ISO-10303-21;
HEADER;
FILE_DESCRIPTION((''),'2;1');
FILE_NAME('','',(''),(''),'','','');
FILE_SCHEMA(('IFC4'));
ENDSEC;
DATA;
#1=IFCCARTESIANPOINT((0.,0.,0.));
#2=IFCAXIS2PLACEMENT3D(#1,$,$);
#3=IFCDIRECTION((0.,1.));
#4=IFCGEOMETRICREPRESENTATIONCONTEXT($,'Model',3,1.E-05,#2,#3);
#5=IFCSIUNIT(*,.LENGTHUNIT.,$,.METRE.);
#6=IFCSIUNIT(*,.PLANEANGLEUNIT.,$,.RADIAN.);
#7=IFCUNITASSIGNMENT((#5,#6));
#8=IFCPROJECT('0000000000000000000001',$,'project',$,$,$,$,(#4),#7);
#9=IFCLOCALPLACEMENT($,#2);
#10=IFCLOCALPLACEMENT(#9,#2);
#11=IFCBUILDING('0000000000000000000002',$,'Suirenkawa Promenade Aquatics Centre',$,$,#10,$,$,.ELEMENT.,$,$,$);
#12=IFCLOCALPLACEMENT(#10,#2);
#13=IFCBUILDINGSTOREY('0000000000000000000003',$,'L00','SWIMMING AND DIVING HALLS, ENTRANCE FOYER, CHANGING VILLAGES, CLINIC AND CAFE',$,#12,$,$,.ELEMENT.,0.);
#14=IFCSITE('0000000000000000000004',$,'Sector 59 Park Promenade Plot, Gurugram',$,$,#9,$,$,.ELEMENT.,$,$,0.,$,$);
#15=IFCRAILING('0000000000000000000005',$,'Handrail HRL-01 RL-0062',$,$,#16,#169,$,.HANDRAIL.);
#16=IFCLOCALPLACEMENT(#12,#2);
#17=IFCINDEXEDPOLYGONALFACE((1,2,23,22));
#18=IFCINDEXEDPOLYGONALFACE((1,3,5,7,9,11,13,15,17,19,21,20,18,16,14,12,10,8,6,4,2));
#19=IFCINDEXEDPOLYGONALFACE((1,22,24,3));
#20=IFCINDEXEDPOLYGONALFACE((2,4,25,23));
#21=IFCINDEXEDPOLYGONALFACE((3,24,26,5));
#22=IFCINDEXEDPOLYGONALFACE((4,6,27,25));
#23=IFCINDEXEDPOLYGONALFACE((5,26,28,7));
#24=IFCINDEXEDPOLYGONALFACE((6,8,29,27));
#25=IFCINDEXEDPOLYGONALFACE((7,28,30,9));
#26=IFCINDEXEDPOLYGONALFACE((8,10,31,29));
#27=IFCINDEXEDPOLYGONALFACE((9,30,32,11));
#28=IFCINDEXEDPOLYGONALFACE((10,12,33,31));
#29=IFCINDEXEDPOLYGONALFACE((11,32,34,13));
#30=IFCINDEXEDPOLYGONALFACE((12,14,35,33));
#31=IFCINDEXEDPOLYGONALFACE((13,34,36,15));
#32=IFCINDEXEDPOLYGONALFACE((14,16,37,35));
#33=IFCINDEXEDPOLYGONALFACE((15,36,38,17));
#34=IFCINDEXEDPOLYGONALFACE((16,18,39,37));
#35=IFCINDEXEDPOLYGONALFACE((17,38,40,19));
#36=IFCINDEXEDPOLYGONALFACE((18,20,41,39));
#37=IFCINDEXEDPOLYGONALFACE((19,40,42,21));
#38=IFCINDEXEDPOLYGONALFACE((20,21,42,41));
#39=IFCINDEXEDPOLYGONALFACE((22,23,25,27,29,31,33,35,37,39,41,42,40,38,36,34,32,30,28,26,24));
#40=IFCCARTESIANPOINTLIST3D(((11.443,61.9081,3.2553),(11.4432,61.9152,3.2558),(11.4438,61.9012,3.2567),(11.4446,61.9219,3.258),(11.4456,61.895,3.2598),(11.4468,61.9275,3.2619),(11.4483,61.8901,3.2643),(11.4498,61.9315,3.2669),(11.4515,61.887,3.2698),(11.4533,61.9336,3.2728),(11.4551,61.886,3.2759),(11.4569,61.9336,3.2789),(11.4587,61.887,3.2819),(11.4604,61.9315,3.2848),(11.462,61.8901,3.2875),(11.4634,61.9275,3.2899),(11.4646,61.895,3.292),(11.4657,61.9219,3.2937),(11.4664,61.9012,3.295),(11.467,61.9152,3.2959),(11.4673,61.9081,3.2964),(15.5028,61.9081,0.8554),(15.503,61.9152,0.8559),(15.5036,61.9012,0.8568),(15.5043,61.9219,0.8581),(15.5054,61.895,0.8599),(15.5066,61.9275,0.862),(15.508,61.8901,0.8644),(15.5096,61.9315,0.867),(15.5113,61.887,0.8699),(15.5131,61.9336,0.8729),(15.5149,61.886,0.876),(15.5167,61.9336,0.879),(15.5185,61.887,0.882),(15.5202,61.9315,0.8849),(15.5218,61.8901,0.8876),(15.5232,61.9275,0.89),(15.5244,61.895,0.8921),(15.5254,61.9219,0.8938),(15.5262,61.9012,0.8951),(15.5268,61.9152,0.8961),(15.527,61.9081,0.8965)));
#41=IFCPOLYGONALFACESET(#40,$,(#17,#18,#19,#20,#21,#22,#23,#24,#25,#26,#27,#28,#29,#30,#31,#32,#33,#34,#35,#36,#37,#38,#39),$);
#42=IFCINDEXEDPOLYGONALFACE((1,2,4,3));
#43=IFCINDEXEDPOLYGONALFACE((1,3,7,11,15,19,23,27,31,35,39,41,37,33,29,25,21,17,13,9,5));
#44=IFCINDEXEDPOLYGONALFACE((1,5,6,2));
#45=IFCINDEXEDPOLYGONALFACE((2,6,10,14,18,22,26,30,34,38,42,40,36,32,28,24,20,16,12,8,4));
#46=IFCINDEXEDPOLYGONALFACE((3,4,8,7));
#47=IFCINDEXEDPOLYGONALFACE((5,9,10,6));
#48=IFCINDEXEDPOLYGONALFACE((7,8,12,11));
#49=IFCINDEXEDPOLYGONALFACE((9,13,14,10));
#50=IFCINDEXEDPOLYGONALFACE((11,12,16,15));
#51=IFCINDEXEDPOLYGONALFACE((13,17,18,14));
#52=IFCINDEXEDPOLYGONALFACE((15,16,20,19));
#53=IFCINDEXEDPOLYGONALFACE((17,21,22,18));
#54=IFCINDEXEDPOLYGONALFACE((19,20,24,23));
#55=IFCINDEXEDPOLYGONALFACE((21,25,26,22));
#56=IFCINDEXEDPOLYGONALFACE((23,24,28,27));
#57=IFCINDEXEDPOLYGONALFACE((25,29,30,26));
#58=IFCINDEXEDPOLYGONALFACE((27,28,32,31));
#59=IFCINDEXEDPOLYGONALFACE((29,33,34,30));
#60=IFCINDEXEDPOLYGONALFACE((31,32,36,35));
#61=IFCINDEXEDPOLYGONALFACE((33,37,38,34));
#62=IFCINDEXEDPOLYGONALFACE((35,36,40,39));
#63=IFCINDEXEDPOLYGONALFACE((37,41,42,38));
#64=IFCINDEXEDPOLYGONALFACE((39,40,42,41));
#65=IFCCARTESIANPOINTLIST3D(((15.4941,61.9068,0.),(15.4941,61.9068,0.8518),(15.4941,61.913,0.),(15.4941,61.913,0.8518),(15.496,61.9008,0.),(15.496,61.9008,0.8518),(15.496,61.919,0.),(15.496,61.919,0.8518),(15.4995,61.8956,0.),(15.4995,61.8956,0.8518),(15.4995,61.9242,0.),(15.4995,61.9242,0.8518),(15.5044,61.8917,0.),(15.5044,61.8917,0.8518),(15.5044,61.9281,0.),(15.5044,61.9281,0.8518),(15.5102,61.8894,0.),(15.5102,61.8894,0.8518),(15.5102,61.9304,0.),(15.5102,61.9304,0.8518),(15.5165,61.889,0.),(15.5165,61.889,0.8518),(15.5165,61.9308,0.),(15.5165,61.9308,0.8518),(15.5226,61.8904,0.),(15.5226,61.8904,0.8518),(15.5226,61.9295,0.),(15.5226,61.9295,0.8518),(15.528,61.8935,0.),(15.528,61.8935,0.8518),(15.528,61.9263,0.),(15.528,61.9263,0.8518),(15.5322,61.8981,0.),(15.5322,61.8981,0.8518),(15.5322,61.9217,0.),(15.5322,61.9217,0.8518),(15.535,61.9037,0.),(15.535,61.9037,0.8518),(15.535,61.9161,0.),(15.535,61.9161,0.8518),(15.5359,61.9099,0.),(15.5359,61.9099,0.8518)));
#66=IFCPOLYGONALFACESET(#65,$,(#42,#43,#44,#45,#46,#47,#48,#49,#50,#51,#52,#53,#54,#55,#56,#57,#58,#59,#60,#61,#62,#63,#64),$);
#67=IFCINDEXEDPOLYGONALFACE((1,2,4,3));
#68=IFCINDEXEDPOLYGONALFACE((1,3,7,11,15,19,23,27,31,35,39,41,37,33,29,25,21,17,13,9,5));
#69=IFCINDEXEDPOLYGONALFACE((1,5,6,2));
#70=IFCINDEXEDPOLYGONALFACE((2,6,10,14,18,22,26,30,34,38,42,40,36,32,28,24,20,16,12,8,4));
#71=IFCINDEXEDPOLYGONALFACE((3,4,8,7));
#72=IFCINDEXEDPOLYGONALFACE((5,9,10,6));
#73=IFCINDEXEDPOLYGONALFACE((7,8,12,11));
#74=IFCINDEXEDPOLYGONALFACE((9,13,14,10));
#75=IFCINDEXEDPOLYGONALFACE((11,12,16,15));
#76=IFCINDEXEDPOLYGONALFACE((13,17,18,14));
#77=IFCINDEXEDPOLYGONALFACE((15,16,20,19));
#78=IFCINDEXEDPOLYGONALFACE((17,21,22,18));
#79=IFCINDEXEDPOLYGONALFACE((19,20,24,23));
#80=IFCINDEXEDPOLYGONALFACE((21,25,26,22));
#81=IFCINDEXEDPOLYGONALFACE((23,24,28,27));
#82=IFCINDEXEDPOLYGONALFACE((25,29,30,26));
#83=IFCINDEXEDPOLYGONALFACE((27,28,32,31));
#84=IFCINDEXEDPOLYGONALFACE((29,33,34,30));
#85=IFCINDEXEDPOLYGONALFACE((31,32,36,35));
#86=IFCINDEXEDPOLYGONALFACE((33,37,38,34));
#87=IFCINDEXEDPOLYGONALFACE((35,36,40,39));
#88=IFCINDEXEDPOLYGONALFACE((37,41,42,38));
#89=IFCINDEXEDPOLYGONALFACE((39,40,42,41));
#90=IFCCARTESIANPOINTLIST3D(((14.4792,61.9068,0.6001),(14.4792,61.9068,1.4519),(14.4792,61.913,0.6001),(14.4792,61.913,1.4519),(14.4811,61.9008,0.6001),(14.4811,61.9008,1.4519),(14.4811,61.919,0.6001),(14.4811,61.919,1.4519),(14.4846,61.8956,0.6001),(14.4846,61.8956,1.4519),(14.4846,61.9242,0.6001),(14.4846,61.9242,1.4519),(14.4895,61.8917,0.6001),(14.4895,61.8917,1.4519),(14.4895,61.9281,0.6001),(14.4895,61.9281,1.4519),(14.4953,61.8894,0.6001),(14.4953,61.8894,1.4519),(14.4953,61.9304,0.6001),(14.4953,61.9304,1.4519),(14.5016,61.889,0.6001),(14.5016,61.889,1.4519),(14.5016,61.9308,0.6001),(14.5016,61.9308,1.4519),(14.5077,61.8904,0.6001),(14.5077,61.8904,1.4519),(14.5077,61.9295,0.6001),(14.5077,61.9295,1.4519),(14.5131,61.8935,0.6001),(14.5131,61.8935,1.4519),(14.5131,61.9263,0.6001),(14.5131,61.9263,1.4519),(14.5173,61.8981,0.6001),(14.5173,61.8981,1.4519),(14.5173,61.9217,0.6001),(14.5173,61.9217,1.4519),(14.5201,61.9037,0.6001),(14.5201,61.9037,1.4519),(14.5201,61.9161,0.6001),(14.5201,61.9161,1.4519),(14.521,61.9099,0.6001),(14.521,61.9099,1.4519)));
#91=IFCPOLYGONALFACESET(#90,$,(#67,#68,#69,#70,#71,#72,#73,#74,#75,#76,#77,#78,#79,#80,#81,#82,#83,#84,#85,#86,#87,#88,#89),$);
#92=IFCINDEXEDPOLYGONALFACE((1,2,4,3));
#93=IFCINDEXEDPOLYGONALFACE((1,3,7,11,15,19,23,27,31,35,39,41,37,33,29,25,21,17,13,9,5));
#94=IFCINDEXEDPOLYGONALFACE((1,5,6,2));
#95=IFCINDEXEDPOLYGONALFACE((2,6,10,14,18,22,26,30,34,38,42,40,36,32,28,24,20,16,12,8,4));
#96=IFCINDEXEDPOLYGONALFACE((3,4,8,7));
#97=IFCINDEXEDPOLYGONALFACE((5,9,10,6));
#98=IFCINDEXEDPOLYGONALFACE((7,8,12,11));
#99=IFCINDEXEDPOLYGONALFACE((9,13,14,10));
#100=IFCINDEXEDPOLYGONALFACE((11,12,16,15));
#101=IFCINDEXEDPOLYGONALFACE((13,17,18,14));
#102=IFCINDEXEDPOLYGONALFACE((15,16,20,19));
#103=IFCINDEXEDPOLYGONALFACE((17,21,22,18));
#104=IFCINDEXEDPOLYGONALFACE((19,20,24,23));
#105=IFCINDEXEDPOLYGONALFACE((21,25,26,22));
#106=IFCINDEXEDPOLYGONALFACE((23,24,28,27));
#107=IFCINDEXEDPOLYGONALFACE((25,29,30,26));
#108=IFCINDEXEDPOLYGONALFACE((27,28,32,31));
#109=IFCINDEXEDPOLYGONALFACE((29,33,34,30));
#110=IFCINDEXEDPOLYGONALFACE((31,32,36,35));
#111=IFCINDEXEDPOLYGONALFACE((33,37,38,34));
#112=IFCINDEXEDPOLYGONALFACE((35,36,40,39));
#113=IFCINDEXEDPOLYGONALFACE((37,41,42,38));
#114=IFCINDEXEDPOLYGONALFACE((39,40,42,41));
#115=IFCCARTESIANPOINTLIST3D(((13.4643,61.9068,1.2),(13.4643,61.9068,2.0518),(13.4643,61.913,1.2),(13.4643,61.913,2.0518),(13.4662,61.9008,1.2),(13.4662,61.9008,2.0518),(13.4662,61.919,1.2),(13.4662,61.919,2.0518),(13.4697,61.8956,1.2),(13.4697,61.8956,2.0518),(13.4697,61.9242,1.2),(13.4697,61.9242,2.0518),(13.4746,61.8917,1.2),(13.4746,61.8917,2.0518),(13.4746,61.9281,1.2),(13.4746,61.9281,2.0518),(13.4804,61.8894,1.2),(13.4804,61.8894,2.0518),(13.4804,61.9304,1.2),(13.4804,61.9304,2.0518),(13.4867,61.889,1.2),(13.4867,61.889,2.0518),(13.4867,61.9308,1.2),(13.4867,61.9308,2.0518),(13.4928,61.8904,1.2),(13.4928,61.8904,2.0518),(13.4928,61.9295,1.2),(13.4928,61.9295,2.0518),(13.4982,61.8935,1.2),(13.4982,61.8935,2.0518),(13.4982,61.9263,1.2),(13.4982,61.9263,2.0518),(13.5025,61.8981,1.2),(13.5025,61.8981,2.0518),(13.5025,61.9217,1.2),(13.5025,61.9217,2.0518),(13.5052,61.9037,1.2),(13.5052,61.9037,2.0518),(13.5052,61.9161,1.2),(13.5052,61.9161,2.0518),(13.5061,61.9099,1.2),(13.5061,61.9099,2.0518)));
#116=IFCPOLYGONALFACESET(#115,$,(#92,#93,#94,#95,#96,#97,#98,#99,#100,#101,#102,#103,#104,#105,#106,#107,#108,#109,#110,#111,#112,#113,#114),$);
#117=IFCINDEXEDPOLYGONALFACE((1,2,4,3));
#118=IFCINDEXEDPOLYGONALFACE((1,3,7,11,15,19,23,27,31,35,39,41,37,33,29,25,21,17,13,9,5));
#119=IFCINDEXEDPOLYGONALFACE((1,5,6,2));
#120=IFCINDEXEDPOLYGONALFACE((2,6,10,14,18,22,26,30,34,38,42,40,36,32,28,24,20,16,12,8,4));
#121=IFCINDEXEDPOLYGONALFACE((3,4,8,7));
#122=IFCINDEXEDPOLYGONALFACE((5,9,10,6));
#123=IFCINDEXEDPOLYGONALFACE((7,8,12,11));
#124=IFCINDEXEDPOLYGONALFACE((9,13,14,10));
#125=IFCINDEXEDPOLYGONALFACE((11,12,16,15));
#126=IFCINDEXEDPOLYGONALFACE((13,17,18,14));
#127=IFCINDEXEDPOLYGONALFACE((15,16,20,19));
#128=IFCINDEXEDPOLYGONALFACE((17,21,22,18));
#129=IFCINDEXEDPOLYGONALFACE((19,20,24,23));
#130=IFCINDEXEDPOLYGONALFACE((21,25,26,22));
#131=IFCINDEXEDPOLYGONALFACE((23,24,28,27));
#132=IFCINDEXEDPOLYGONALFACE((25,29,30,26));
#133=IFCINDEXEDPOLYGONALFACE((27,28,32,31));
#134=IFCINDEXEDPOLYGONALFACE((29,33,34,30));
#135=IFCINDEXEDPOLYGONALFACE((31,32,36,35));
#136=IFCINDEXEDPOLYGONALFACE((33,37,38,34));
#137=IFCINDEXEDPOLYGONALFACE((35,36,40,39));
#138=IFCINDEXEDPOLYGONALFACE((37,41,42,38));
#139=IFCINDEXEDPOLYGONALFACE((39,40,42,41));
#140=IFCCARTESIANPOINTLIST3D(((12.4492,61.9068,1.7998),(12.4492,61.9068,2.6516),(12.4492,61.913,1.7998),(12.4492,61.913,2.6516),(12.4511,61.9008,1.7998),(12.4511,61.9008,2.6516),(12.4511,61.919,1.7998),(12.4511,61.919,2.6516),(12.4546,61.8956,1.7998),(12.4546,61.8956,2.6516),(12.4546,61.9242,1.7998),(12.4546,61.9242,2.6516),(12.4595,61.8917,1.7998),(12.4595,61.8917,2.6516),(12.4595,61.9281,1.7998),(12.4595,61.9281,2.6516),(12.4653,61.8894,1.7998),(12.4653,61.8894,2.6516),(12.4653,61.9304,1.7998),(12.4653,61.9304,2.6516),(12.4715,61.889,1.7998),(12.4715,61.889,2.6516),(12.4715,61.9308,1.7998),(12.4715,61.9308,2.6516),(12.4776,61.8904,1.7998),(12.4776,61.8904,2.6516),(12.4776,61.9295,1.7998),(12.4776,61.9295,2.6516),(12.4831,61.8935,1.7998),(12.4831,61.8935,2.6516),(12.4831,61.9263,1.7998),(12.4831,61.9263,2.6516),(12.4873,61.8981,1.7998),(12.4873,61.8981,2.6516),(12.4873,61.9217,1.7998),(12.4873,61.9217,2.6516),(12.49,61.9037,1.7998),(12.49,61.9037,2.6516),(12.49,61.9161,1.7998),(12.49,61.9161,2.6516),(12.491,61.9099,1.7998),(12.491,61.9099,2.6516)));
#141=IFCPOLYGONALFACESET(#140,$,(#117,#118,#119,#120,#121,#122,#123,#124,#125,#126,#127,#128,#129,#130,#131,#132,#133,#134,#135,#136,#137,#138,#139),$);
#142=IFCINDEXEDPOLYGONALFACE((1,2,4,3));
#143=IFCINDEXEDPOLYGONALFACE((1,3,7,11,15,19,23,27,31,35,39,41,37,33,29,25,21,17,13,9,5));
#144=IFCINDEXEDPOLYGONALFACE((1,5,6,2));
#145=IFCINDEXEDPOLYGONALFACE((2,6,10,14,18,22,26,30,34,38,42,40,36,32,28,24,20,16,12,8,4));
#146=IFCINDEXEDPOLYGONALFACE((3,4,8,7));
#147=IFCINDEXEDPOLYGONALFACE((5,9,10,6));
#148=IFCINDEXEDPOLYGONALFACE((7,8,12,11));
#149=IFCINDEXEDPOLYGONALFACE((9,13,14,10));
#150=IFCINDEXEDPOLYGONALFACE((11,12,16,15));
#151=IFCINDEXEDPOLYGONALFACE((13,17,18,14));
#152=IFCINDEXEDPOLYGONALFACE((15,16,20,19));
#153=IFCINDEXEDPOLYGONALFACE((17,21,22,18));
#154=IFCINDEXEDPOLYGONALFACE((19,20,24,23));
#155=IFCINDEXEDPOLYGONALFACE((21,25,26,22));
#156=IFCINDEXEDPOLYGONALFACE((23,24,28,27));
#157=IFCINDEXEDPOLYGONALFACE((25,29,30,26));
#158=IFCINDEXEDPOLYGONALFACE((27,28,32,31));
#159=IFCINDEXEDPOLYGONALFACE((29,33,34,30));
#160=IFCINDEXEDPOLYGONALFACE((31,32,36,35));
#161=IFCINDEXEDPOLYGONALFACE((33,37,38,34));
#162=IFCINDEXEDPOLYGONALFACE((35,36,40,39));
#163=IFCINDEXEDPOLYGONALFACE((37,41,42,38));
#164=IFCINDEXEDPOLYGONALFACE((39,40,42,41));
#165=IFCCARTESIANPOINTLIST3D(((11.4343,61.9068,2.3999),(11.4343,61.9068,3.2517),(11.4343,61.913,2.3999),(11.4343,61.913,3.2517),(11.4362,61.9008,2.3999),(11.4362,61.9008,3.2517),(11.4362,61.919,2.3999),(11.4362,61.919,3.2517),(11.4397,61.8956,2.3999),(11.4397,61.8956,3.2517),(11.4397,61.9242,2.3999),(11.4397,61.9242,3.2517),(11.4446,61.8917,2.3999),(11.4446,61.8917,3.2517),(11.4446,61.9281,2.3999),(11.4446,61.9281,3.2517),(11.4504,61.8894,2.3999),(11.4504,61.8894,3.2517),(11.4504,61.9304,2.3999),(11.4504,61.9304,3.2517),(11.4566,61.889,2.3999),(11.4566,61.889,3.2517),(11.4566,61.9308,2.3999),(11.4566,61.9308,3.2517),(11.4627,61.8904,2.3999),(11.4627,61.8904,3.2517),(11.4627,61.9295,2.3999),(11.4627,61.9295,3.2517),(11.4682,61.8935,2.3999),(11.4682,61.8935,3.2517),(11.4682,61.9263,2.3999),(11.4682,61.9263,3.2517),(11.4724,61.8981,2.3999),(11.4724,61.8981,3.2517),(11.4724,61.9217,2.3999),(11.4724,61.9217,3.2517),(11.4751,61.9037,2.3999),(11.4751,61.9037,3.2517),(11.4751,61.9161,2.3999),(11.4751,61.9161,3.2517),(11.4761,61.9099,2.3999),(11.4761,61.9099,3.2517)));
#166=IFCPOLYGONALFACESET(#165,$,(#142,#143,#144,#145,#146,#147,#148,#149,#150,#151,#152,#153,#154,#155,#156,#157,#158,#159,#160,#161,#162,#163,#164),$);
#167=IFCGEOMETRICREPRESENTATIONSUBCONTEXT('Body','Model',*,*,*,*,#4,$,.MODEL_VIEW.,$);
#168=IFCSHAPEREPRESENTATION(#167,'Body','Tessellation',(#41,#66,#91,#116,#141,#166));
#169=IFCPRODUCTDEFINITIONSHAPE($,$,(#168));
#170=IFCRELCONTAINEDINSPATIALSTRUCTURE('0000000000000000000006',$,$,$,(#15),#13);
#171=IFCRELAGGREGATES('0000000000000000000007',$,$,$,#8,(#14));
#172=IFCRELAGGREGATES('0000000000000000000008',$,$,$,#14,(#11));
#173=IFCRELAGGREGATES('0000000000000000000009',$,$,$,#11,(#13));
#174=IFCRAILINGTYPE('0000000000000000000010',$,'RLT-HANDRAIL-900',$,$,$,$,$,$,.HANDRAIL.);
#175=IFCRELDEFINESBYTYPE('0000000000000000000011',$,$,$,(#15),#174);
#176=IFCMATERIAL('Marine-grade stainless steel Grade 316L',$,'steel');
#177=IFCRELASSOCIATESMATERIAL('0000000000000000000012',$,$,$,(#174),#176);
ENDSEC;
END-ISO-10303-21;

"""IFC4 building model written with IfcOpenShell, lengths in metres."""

from ifc_helpers import new_model, si_unit, direction, frame, origin, origin_2d, place, context, subcontext, project, spatial, circle, extrude, material, type_object, element, save


model = new_model("IFC4")

# Units and contexts
model_context = context("Model", 3, precision=1e-05, world=origin(), true_north=direction((0.0, 1.0)))
body_context = subcontext(model_context, "Body", "Model", "MODEL_VIEW")
ifc_project = project(units=[si_unit("LENGTHUNIT", "METRE"), si_unit("PLANEANGLEUNIT", "RADIAN")], contexts=[model_context])

# Site, building, storey
site_placement = place(None, origin())
site = spatial("IfcSite", under=ifc_project, at=site_placement, Name="Sector 59 Park Promenade Plot, Gurugram", CompositionType="ELEMENT", RefElevation=0.0)
building_placement = place(site_placement, origin())
building = spatial("IfcBuilding", under=site, at=building_placement, Name="Suirenkawa Promenade Aquatics Centre", CompositionType="ELEMENT")
storey_placement = place(building_placement, origin())
storey = spatial("IfcBuildingStorey", under=building, at=storey_placement, Name="L00", Description="SWIMMING AND DIVING HALLS, ENTRANCE FOYER, CHANGING VILLAGES, CLINIC AND CAFE", CompositionType="ELEMENT", Elevation=0.0)

# Railing
ifc_material_1 = material(Name="Marine-grade stainless steel Grade 316L", Category="steel")
railing_type_1 = type_object("IfcRailingType", Name="RLT-HANDRAIL-900", PredefinedType="HANDRAIL", material=ifc_material_1)
for number, where, name in (
    (1, (15.5149, 61.9099, 0.0), "Handrail HRL-01 RL-0062"),
):
    element("IfcRailing", number, at=place(storey_placement, frame(where)), inside=storey, type_object=railing_type_1, Name=name, PredefinedType="HANDRAIL", context=body_context, shape_type="SweptSolid", body=[
        extrude(circle(Radius=0.0239, at=origin_2d()), frame((0.0, 0.0, 0.876), z_axis=(-0.860841, 0.0, 0.508874), x_axis=(0.0, -1.0, 0.0)), (0.0, 0.0, 1.0), 4.7161),
        extrude(circle(Radius=0.021, at=origin_2d()), origin(), (0.0, 0.0, 1.0), 0.8518),
        extrude(circle(Radius=0.021, at=origin_2d()), frame((-1.0149, 0.0, 0.6001)), (0.0, 0.0, 1.0), 0.8518),
        extrude(circle(Radius=0.021, at=origin_2d()), frame((-2.0298, 0.0, 1.2)), (0.0, 0.0, 1.0), 0.8518),
        extrude(circle(Radius=0.021, at=origin_2d()), frame((-3.0449, 0.0, 1.7998)), (0.0, 0.0, 1.0), 0.8518),
        extrude(circle(Radius=0.021, at=origin_2d()), frame((-4.0598, 0.0, 2.3999)), (0.0, 0.0, 1.0), 0.8518),
    ])

save(model, "model.ifc")
